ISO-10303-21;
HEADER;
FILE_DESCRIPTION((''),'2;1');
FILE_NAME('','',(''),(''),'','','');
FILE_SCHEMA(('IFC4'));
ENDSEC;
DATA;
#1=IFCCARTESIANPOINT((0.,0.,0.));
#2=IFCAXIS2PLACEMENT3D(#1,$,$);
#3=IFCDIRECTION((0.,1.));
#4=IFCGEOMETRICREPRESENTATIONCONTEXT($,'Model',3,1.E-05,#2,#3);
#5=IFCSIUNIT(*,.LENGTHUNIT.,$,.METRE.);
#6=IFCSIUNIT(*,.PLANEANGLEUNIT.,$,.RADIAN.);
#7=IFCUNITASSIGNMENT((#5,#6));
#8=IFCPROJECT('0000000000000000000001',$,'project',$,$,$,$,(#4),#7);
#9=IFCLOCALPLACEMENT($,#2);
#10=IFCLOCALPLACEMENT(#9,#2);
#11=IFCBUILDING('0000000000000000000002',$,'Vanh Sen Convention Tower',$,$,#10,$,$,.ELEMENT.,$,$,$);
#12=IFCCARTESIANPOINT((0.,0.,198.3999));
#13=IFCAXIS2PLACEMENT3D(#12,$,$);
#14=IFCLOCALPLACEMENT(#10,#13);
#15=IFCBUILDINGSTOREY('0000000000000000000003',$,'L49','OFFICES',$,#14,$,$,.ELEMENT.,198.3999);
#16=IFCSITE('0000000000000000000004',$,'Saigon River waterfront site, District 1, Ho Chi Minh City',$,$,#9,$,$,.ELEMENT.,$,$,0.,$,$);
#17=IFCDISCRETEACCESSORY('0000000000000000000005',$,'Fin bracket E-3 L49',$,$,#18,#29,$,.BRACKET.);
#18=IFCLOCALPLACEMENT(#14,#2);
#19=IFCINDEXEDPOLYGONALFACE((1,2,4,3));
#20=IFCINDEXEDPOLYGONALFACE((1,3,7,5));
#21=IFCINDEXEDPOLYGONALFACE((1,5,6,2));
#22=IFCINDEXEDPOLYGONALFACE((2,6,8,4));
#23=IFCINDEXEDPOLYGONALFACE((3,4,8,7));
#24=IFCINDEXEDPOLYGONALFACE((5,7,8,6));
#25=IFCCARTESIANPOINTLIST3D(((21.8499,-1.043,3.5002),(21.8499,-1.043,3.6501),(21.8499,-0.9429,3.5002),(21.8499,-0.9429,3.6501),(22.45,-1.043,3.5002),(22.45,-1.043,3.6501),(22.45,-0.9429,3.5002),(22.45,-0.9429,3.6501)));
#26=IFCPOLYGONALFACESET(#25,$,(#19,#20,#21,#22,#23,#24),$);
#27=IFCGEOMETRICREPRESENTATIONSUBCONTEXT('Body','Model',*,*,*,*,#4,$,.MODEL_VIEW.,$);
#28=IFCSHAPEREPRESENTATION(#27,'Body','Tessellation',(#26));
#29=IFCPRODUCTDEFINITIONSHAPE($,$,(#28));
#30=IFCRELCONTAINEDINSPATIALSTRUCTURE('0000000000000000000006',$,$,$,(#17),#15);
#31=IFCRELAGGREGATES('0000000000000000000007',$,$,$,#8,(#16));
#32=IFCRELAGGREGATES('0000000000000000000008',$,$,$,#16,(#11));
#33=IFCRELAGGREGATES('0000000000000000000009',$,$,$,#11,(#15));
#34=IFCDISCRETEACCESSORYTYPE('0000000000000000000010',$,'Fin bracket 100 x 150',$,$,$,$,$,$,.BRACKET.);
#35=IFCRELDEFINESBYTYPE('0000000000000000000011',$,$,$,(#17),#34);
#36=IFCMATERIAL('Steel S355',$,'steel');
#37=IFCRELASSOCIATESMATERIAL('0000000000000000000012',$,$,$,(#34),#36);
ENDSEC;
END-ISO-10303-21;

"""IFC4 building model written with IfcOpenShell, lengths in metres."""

from ifc_helpers import new_model, si_unit, direction, frame, origin, origin_2d, place, context, subcontext, project, spatial, rectangle, extrude, material, type_object, element, save


model = new_model("IFC4")

# Units and contexts
model_context = context("Model", 3, precision=1e-05, world=origin(), true_north=direction((0.0, 1.0)))
body_context = subcontext(model_context, "Body", "Model", "MODEL_VIEW")
ifc_project = project(units=[si_unit("LENGTHUNIT", "METRE"), si_unit("PLANEANGLEUNIT", "RADIAN")], contexts=[model_context])

# Site, building, storey
site_placement = place(None, origin())
site = spatial("IfcSite", under=ifc_project, at=site_placement, Name="Saigon River waterfront site, District 1, Ho Chi Minh City", CompositionType="ELEMENT", RefElevation=0.0)
building_placement = place(site_placement, origin())
building = spatial("IfcBuilding", under=site, at=building_placement, Name="Vanh Sen Convention Tower", CompositionType="ELEMENT")
storey_placement = place(building_placement, frame((0.0, 0.0, 198.3999)))
storey = spatial("IfcBuildingStorey", under=building, at=storey_placement, Name="L49", Description="OFFICES", CompositionType="ELEMENT", Elevation=198.3999)

# Discrete accessory
ifc_material_1 = material(Name="Steel S355", Category="steel")
discrete_accessory_type = type_object("IfcDiscreteAccessoryType", Name="Fin bracket 100 x 150", PredefinedType="BRACKET", material=ifc_material_1)
for number, where, z_axis, x_axis, name in (
    (1, (22.1499, -0.9929, 3.5002), (0.0, 0.0, 1.0), (1.0, 0.0, 0.0), "Fin bracket E-3 L49"),
):
    element("IfcDiscreteAccessory", number, at=place(storey_placement, frame(where, z_axis=z_axis, x_axis=x_axis)), inside=storey, type_object=discrete_accessory_type, Name=name, PredefinedType="BRACKET", context=body_context, shape_type="SweptSolid", body=[
        extrude(rectangle(XDim=0.6001, YDim=0.1001, at=origin_2d()), origin(), (0.0, 0.0, 1.0), 0.1499),
    ])

save(model, "model.ifc")
